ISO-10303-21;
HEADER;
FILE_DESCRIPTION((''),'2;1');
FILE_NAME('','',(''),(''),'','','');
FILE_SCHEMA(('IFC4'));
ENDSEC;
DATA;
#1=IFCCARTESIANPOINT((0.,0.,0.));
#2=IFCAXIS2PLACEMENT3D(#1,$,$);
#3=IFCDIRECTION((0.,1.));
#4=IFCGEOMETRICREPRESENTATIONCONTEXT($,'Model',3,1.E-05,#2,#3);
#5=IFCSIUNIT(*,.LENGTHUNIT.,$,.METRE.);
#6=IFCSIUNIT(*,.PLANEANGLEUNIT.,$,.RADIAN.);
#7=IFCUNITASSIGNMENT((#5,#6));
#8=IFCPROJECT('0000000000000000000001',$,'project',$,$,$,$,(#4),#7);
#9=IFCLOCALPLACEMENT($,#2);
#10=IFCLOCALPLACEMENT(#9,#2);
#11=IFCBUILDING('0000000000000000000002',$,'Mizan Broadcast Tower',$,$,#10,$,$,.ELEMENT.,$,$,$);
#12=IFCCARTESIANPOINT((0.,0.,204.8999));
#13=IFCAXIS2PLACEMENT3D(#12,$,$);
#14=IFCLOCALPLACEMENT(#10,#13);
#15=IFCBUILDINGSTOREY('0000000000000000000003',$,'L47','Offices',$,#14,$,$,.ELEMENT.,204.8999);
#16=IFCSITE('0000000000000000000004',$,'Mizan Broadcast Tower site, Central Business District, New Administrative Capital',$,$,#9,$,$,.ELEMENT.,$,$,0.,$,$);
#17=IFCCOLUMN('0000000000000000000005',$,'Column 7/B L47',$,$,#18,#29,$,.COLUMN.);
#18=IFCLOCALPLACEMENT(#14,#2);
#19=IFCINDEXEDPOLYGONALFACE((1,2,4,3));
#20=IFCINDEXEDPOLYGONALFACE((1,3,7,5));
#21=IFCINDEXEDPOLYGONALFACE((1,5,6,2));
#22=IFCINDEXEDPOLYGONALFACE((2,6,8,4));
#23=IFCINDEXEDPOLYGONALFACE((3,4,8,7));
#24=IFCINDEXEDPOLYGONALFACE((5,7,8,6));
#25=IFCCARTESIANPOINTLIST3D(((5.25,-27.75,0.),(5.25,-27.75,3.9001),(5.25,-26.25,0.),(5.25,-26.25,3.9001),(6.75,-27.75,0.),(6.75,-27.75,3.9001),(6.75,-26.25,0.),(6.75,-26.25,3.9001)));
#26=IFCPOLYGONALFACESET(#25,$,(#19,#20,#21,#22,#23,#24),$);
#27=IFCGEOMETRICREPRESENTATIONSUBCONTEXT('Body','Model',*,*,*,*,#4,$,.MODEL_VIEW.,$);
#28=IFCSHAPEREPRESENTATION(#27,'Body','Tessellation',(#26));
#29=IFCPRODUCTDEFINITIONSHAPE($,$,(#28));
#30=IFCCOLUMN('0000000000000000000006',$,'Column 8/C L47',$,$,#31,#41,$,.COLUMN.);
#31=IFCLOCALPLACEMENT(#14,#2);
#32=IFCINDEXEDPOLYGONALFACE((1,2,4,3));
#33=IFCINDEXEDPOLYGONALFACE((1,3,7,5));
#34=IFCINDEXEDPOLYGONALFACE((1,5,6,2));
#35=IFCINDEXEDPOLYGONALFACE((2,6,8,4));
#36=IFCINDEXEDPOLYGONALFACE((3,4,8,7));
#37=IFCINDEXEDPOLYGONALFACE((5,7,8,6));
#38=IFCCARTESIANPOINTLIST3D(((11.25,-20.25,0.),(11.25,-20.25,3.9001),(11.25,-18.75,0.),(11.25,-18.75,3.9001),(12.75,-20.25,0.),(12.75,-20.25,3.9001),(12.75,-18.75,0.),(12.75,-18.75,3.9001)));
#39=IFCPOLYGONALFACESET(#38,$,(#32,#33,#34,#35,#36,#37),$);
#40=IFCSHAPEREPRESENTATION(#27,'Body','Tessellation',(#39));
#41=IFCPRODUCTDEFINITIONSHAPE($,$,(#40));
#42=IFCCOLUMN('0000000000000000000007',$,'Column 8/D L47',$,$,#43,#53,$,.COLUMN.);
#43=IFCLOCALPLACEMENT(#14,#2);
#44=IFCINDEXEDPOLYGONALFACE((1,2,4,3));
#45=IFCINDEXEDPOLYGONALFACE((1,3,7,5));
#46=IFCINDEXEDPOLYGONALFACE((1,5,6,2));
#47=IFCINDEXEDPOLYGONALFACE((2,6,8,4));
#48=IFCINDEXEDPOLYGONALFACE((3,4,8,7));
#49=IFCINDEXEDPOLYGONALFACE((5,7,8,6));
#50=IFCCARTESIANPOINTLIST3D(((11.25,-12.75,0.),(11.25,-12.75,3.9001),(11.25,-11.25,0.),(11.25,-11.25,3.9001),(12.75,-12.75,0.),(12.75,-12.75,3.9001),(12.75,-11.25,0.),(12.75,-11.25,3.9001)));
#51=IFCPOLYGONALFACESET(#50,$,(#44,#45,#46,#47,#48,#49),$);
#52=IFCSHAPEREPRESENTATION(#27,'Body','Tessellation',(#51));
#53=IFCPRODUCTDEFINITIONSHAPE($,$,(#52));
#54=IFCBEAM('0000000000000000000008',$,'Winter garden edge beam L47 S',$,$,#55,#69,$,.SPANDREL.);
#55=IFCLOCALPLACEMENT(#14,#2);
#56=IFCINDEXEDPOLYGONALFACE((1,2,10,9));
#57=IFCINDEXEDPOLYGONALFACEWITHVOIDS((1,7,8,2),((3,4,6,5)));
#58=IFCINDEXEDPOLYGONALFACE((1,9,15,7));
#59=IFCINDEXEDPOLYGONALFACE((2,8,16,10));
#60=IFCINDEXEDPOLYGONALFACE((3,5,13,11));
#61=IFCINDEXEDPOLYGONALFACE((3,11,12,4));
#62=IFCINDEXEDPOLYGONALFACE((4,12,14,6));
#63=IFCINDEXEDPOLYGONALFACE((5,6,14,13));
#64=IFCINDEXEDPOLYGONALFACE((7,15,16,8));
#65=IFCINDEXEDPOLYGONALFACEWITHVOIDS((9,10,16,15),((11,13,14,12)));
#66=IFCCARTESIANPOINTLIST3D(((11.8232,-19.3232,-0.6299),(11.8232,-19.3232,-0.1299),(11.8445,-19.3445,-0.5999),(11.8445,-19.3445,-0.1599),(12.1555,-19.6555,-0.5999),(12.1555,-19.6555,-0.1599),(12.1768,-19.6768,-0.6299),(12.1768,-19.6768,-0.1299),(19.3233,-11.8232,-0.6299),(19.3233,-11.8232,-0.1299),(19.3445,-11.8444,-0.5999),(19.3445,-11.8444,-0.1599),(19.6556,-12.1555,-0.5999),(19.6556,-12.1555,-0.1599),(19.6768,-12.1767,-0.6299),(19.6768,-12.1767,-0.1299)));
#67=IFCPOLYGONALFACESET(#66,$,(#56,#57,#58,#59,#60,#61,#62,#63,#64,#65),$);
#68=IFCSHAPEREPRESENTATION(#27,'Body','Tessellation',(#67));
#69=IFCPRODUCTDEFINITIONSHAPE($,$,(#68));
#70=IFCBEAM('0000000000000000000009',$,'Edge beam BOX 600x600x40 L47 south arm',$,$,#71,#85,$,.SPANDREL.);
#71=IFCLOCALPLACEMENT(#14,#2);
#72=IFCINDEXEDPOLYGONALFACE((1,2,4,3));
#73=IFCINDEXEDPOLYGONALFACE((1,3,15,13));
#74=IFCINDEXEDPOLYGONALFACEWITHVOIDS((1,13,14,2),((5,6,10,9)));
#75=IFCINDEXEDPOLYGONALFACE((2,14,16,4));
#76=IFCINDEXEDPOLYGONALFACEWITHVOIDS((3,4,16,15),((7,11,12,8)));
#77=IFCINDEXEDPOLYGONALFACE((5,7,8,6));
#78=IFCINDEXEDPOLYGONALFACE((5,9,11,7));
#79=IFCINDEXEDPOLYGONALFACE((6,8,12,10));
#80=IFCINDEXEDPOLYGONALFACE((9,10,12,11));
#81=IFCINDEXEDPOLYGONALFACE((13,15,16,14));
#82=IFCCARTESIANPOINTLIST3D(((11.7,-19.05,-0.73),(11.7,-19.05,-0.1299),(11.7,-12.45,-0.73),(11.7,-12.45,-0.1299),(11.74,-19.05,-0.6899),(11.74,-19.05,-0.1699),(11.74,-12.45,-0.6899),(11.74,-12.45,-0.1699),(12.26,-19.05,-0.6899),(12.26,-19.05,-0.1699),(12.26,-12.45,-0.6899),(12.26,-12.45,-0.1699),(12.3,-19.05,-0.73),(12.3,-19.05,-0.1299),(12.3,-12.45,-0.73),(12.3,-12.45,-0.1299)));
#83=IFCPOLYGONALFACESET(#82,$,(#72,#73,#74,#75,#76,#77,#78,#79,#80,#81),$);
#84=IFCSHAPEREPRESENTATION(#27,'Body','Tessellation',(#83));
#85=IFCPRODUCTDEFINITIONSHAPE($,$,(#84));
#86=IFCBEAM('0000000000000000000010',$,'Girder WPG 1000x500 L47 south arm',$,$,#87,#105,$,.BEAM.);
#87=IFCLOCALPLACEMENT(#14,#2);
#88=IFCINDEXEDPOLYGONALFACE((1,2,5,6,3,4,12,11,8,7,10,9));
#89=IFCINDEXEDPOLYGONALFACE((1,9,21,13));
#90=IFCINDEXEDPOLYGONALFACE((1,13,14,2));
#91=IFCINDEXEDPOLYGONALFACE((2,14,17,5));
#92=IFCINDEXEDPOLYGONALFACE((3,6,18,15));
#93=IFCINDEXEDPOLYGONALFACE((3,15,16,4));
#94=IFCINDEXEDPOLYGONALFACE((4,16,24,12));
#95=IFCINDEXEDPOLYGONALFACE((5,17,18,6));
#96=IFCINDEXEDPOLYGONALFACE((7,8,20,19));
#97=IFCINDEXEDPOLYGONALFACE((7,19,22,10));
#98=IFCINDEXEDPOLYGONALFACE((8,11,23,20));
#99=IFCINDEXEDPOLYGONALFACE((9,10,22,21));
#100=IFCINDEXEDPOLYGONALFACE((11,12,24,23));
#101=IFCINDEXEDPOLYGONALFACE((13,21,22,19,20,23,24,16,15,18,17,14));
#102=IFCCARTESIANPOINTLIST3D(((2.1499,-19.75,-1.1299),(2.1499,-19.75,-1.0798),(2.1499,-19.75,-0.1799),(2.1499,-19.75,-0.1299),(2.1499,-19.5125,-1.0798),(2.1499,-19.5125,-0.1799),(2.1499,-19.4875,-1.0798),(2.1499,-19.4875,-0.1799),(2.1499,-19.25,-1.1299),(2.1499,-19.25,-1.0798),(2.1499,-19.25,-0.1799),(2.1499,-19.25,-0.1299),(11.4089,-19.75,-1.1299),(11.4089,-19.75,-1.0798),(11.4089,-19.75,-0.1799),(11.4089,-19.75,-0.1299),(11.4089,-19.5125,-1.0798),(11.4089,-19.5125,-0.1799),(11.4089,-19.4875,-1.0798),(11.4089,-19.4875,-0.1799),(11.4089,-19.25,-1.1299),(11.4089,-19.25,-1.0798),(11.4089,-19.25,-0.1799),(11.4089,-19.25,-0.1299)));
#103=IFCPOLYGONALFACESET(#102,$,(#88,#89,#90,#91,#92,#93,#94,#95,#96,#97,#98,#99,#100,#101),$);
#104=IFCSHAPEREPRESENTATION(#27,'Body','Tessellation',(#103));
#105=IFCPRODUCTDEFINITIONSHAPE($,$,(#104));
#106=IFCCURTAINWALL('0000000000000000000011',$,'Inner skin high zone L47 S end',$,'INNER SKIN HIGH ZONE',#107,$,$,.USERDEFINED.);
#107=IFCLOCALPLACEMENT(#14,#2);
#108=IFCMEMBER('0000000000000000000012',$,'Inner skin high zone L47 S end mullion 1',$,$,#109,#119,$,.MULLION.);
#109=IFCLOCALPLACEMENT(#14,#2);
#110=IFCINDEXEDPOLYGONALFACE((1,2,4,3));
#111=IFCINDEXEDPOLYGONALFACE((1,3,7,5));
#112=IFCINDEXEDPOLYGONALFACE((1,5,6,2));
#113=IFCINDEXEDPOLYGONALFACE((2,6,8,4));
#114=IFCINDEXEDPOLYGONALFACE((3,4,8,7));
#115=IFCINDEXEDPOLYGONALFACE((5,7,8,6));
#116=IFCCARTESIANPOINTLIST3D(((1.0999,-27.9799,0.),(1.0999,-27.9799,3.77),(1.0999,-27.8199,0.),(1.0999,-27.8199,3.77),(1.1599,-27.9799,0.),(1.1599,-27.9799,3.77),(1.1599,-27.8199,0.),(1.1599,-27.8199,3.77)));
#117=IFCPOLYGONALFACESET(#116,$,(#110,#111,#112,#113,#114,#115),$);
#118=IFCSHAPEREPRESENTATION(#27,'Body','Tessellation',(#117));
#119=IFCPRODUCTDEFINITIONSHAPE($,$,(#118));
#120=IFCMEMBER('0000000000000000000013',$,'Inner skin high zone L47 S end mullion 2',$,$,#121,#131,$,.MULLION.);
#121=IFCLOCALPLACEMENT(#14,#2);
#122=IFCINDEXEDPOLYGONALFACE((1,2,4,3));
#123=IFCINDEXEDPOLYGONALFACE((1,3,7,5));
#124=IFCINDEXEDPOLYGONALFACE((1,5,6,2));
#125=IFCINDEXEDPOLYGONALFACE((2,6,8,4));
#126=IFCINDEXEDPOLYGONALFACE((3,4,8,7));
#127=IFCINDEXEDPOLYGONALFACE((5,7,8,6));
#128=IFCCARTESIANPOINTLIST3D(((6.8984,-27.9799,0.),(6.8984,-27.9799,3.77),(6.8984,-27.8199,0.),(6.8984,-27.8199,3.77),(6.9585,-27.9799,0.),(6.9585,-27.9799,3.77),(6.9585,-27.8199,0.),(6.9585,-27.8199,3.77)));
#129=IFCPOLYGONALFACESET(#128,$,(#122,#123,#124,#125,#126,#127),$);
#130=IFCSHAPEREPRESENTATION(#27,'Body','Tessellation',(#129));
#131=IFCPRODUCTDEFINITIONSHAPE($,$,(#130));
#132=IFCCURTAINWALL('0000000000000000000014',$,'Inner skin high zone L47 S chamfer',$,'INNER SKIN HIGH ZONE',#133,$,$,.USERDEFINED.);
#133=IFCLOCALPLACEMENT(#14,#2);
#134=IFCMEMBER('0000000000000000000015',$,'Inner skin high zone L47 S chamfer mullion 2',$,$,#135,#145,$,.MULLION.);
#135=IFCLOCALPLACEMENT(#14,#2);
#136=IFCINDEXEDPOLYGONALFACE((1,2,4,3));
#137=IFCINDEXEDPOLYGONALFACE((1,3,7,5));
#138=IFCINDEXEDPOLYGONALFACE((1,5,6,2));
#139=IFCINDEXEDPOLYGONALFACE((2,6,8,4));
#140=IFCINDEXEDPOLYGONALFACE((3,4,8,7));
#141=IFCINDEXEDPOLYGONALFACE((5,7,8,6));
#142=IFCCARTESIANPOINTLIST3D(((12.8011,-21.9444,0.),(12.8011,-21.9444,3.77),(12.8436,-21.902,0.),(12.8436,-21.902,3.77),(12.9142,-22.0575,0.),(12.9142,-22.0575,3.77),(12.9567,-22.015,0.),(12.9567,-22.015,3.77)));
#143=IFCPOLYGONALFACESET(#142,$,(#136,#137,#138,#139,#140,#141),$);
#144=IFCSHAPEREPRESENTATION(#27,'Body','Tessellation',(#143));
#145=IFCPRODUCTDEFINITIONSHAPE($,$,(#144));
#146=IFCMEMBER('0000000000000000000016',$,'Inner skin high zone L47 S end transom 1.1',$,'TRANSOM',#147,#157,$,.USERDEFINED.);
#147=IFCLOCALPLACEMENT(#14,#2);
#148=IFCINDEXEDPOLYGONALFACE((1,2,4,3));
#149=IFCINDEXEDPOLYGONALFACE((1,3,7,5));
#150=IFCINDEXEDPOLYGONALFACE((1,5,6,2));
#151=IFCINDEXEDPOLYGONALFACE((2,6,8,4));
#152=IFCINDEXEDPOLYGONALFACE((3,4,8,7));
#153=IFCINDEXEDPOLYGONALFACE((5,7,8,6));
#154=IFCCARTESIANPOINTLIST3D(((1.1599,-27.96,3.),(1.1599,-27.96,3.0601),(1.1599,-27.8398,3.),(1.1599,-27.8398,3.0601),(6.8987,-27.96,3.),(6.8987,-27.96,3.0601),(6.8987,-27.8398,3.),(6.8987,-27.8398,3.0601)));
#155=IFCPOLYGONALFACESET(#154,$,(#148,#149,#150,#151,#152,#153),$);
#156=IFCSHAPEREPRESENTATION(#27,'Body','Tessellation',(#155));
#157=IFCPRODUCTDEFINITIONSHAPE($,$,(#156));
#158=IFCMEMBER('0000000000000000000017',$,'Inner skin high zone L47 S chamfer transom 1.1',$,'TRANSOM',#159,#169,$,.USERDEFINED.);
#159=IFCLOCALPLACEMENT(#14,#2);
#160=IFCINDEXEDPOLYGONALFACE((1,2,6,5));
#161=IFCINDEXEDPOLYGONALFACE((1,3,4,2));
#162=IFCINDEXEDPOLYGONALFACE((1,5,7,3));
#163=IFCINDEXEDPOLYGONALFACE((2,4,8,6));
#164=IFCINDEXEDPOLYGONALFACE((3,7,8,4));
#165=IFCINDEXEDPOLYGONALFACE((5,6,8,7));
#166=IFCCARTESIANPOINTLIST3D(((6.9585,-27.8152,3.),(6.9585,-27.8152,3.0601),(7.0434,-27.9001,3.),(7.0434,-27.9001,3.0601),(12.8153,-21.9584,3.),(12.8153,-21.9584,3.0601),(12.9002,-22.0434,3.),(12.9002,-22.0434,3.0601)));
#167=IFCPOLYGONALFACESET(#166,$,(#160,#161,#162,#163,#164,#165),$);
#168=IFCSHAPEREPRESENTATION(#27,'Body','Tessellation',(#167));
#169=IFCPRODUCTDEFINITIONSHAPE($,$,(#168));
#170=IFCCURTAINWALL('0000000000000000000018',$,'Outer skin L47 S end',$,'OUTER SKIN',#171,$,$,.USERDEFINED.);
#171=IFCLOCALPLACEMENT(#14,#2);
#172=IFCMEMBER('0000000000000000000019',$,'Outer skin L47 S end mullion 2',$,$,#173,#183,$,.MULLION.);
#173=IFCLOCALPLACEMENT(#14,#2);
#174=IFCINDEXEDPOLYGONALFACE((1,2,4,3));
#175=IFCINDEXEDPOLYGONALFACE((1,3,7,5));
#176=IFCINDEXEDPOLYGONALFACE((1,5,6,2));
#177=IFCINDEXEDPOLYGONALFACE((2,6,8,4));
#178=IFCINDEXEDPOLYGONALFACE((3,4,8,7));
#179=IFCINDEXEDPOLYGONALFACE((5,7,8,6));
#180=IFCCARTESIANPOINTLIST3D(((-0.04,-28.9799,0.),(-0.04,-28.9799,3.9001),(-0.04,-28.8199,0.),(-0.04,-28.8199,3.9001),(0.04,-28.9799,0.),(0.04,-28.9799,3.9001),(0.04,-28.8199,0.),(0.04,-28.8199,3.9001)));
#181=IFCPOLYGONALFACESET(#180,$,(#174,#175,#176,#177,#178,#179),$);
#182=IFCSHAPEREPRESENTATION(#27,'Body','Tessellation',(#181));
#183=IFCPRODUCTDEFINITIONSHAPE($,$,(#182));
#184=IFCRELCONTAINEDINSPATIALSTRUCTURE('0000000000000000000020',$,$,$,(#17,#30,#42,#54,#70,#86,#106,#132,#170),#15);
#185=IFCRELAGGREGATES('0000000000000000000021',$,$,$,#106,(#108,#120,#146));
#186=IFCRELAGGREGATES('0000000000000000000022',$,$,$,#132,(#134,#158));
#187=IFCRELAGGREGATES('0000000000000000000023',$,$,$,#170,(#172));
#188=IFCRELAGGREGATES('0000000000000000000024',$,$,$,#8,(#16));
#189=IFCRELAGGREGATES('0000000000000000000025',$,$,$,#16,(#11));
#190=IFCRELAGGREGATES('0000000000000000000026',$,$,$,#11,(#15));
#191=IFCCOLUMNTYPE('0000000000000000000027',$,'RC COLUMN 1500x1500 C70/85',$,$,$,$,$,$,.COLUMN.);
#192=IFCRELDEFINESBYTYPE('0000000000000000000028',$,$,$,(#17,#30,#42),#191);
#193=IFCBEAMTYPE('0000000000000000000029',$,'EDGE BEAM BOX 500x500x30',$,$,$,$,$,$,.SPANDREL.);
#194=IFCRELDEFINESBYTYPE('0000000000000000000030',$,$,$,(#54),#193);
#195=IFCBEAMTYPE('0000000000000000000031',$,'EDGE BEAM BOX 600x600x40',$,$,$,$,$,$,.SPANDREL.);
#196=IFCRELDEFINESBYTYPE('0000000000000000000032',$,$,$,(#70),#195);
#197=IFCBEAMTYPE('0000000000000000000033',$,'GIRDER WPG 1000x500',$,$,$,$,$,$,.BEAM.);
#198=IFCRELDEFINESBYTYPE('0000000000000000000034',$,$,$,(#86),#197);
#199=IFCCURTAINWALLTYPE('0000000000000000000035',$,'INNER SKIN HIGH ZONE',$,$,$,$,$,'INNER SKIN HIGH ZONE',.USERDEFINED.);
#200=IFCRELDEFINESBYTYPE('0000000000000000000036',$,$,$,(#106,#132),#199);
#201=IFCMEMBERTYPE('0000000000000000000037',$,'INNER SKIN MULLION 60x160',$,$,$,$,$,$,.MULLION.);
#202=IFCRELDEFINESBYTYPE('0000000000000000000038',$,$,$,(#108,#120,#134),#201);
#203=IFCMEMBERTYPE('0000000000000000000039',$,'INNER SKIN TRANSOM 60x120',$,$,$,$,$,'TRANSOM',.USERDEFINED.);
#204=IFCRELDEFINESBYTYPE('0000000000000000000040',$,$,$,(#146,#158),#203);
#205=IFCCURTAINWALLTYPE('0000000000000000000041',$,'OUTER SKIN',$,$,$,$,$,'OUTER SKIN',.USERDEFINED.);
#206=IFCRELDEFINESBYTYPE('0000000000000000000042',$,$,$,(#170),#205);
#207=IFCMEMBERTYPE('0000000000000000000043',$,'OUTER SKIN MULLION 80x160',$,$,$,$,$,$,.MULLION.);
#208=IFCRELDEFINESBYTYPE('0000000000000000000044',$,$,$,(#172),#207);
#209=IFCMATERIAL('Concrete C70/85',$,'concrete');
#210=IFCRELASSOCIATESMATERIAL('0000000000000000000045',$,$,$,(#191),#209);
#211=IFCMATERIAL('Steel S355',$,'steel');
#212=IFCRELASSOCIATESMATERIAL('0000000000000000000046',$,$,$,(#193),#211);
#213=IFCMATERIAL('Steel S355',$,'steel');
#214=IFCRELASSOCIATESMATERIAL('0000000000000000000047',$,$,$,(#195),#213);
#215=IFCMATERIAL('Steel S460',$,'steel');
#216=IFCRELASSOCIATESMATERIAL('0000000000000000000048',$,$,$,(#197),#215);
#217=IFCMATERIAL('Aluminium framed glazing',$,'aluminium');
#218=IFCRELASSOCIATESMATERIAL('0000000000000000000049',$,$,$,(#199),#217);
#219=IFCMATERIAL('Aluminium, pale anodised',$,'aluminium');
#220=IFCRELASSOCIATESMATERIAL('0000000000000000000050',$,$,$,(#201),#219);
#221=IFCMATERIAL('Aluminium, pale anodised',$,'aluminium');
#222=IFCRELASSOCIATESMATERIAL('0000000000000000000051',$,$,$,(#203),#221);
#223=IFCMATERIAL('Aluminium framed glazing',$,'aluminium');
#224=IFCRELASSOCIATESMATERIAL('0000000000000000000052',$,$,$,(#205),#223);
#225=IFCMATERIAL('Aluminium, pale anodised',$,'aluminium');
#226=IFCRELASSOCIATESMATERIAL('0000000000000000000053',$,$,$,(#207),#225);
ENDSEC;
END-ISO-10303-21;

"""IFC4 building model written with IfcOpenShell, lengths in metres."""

from ifc_helpers import new_model, si_unit, direction, frame, origin, origin_2d, place, context, subcontext, project, spatial, rectangle, hollow_rectangle, i_section, extrude, material, material_profile, profile_set, type_object, element, aggregate, save


model = new_model("IFC4")

# Units and contexts
model_context = context("Model", 3, precision=1e-05, world=origin(), true_north=direction((0.0, 1.0)))
body_context = subcontext(model_context, "Body", "Model", "MODEL_VIEW")
ifc_project = project(units=[si_unit("LENGTHUNIT", "METRE"), si_unit("PLANEANGLEUNIT", "RADIAN")], contexts=[model_context])

# Site, building, storey
site_placement = place(None, origin())
site = spatial("IfcSite", under=ifc_project, at=site_placement, Name="Mizan Broadcast Tower site, Central Business District, New Administrative Capital", CompositionType="ELEMENT", RefElevation=0.0)
building_placement = place(site_placement, origin())
building = spatial("IfcBuilding", under=site, at=building_placement, Name="Mizan Broadcast Tower", CompositionType="ELEMENT")
storey_placement = place(building_placement, frame((0.0, 0.0, 204.8999)))
storey = spatial("IfcBuildingStorey", under=building, at=storey_placement, Name="L47", Description="Offices", CompositionType="ELEMENT", Elevation=204.8999)

# Columns
ifc_material_1 = material(Name="Concrete C70/85", Category="concrete")
ifc_material_profile_1 = material_profile(ifc_material_1, rectangle(XDim=1.5, YDim=1.5, at=origin_2d()), Name="RC 1500x1500")
ifc_profile_set_1 = profile_set([ifc_material_profile_1], Name="Concrete C70/85")
column_type = type_object("IfcColumnType", Name="RC COLUMN 1500x1500 C70/85", PredefinedType="COLUMN", material=ifc_profile_set_1)
for number, where, z_axis, x_axis, name in (
    (1, (6.0, -27.0, 0.0), (0.0, 0.0, 1.0), (1.0, 0.0, 0.0), "Column 7/B L47"),
    (2, (12.0, -19.5, 0.0), (0.0, 0.0, 1.0), (1.0, 0.0, 0.0), "Column 8/C L47"),
    (3, (12.0, -12.0, 0.0), (0.0, 0.0, 1.0), (1.0, 0.0, 0.0), "Column 8/D L47"),
):
    element("IfcColumn", number, at=place(storey_placement, frame(where, z_axis=z_axis, x_axis=x_axis)), inside=storey, type_object=column_type, Name=name, PredefinedType="COLUMN", context=body_context, shape_type="SweptSolid", body=[
        extrude(rectangle(XDim=1.5, YDim=1.5, at=origin_2d()), origin(), (0.0, 0.0, 1.0), 3.9001),
    ])

# Beams
ifc_material_2 = material(Name="Steel S355", Category="steel")
ifc_material_profile_2 = material_profile(ifc_material_2, hollow_rectangle(XDim=0.5, YDim=0.5, WallThickness=0.03, at=origin_2d()), Name="BOX 500x500x30")
ifc_profile_set_2 = profile_set([ifc_material_profile_2], Name="Steel S355")
beam_type_1 = type_object("IfcBeamType", Name="EDGE BEAM BOX 500x500x30", PredefinedType="SPANDREL", material=ifc_profile_set_2)
beam_1_placement = place(storey_placement, frame((12.0, -19.5, -0.3799), z_axis=(0.707107, 0.707107, 0.0), x_axis=(-0.707107, 0.707107, 0.0)))
element("IfcBeam", 4, at=beam_1_placement, inside=storey, type_object=beam_type_1, Name="Winter garden edge beam L47 S", PredefinedType="SPANDREL", context=body_context, shape_type="SweptSolid", body=[
    extrude(hollow_rectangle(XDim=0.5, YDim=0.5, WallThickness=0.03, at=origin_2d()), origin(), (0.0, 0.0, 1.0), 10.6067),
])
ifc_material_3 = material(Name="Steel S355", Category="steel")
ifc_material_profile_3 = material_profile(ifc_material_3, hollow_rectangle(XDim=0.6001, YDim=0.6001, WallThickness=0.04, at=origin_2d()), Name="BOX 600x600x40")
ifc_profile_set_3 = profile_set([ifc_material_profile_3], Name="Steel S355")
beam_type_2 = type_object("IfcBeamType", Name="EDGE BEAM BOX 600x600x40", PredefinedType="SPANDREL", material=ifc_profile_set_3)
beam_2_placement = place(storey_placement, frame((12.0, -12.45, -0.4299), z_axis=(0.0, -1.0, 0.0), x_axis=(1.0, 0.0, 0.0)))
element("IfcBeam", 5, at=beam_2_placement, inside=storey, type_object=beam_type_2, Name="Edge beam BOX 600x600x40 L47 south arm", PredefinedType="SPANDREL", context=body_context, shape_type="SweptSolid", body=[
    extrude(hollow_rectangle(XDim=0.6001, YDim=0.6001, WallThickness=0.04, at=origin_2d()), origin(), (0.0, 0.0, 1.0), 6.6001),
])
ifc_material_4 = material(Name="Steel S460", Category="steel")
ifc_material_profile_4 = material_profile(ifc_material_4, i_section(OverallWidth=0.5, OverallDepth=1.0, WebThickness=0.0249, FlangeThickness=0.05, at=origin_2d()), Name="WPG 1000x500")
ifc_profile_set_4 = profile_set([ifc_material_profile_4], Name="Steel S460")
beam_type_3 = type_object("IfcBeamType", Name="GIRDER WPG 1000x500", PredefinedType="BEAM", material=ifc_profile_set_4)
beam_3_placement = place(storey_placement, frame((11.4089, -19.5, -0.6299), z_axis=(-1.0, 0.0, 0.0), x_axis=(0.0, -1.0, 0.0)))
element("IfcBeam", 6, at=beam_3_placement, inside=storey, type_object=beam_type_3, Name="Girder WPG 1000x500 L47 south arm", PredefinedType="BEAM", context=body_context, shape_type="SweptSolid", body=[
    extrude(i_section(OverallWidth=0.5, OverallDepth=1.0, WebThickness=0.0249, FlangeThickness=0.05, at=origin_2d()), origin(), (0.0, 0.0, 1.0), 9.259),
])

# Curtain wall, members
ifc_material_5 = material(Name="Aluminium framed glazing", Category="aluminium")
curtain_wall_type_1 = type_object("IfcCurtainWallType", Name="INNER SKIN HIGH ZONE", ElementType="INNER SKIN HIGH ZONE", PredefinedType="USERDEFINED", material=ifc_material_5)
curtain_wall_1_placement = place(storey_placement, origin())
curtain_wall_1 = element("IfcCurtainWall", 7, at=curtain_wall_1_placement, inside=storey, type_object=curtain_wall_type_1, Name="Inner skin high zone L47 S end", ObjectType="INNER SKIN HIGH ZONE", PredefinedType="USERDEFINED")
ifc_material_6 = material(Name="Aluminium, pale anodised", Category="aluminium")
ifc_material_profile_5 = material_profile(ifc_material_6, rectangle(XDim=0.1599, YDim=0.0601, at=origin_2d()), Name="MULLION 160x60")
ifc_profile_set_5 = profile_set([ifc_material_profile_5], Name="Aluminium, pale anodised")
member_type_1 = type_object("IfcMemberType", Name="INNER SKIN MULLION 60x160", PredefinedType="MULLION", material=ifc_profile_set_5)
member_1_placement = place(storey_placement, frame((1.1299, -27.8999, 0.0), z_axis=(0.0, 0.0, 1.0), x_axis=(0.0, 1.0, 0.0)))
member_1 = element("IfcMember", 8, at=member_1_placement, type_object=member_type_1, Name="Inner skin high zone L47 S end mullion 1", PredefinedType="MULLION", context=body_context, shape_type="SweptSolid", body=[
    extrude(rectangle(XDim=0.1599, YDim=0.0601, at=origin_2d()), origin(), (0.0, 0.0, 1.0), 3.77),
])
member_2_placement = place(storey_placement, frame((6.9285, -27.8999, 0.0), z_axis=(0.0, 0.0, 1.0), x_axis=(0.0, 1.0, 0.0)))
member_2 = element("IfcMember", 9, at=member_2_placement, type_object=member_type_1, Name="Inner skin high zone L47 S end mullion 2", PredefinedType="MULLION", context=body_context, shape_type="SweptSolid", body=[
    extrude(rectangle(XDim=0.1599, YDim=0.0601, at=origin_2d()), origin(), (0.0, 0.0, 1.0), 3.77),
])

# Curtain wall, member
curtain_wall_2_placement = place(storey_placement, origin())
curtain_wall_2 = element("IfcCurtainWall", 10, at=curtain_wall_2_placement, inside=storey, type_object=curtain_wall_type_1, Name="Inner skin high zone L47 S chamfer", ObjectType="INNER SKIN HIGH ZONE", PredefinedType="USERDEFINED")
member_3_placement = place(storey_placement, frame((12.8789, -21.9797, 0.0), z_axis=(0.0, 0.0, 1.0), x_axis=(-0.707107, 0.707107, 0.0)))
member_3 = element("IfcMember", 11, at=member_3_placement, type_object=member_type_1, Name="Inner skin high zone L47 S chamfer mullion 2", PredefinedType="MULLION", context=body_context, shape_type="SweptSolid", body=[
    extrude(rectangle(XDim=0.1599, YDim=0.0601, at=origin_2d()), origin(), (0.0, 0.0, 1.0), 3.77),
])

# Members
ifc_material_7 = material(Name="Aluminium, pale anodised", Category="aluminium")
ifc_material_profile_6 = material_profile(ifc_material_7, rectangle(XDim=0.1201, YDim=0.0601, at=origin_2d()), Name="TRANSOM 120x60")
ifc_profile_set_6 = profile_set([ifc_material_profile_6], Name="Aluminium, pale anodised")
member_type_2 = type_object("IfcMemberType", Name="INNER SKIN TRANSOM 60x120", ElementType="TRANSOM", PredefinedType="USERDEFINED", material=ifc_profile_set_6)
member_4_placement = place(storey_placement, frame((1.1599, -27.8999, 3.03), z_axis=(1.0, 0.0, 0.0), x_axis=(0.0, 1.0, 0.0)))
member_4 = element("IfcMember", 12, at=member_4_placement, type_object=member_type_2, Name="Inner skin high zone L47 S end transom 1.1", ObjectType="TRANSOM", PredefinedType="USERDEFINED", context=body_context, shape_type="SweptSolid", body=[
    extrude(rectangle(XDim=0.1201, YDim=0.0601, at=origin_2d()), origin(), (0.0, 0.0, 1.0), 5.7388),
])
member_5_placement = place(storey_placement, frame((7.001, -27.8577, 3.03), z_axis=(0.707107, 0.707107, 0.0), x_axis=(-0.707107, 0.707107, 0.0)))
member_5 = element("IfcMember", 13, at=member_5_placement, type_object=member_type_2, Name="Inner skin high zone L47 S chamfer transom 1.1", ObjectType="TRANSOM", PredefinedType="USERDEFINED", context=body_context, shape_type="SweptSolid", body=[
    extrude(rectangle(XDim=0.1201, YDim=0.0601, at=origin_2d()), origin(), (0.0, 0.0, 1.0), 8.2827),
])

# Curtain wall, member
ifc_material_8 = material(Name="Aluminium framed glazing", Category="aluminium")
curtain_wall_type_2 = type_object("IfcCurtainWallType", Name="OUTER SKIN", ElementType="OUTER SKIN", PredefinedType="USERDEFINED", material=ifc_material_8)
curtain_wall_3_placement = place(storey_placement, origin())
curtain_wall_3 = element("IfcCurtainWall", 14, at=curtain_wall_3_placement, inside=storey, type_object=curtain_wall_type_2, Name="Outer skin L47 S end", ObjectType="OUTER SKIN", PredefinedType="USERDEFINED")
ifc_material_9 = material(Name="Aluminium, pale anodised", Category="aluminium")
ifc_material_profile_7 = material_profile(ifc_material_9, rectangle(XDim=0.1599, YDim=0.0801, at=origin_2d()), Name="MULLION 160x80")
ifc_profile_set_7 = profile_set([ifc_material_profile_7], Name="Aluminium, pale anodised")
member_type_3 = type_object("IfcMemberType", Name="OUTER SKIN MULLION 80x160", PredefinedType="MULLION", material=ifc_profile_set_7)
member_6_placement = place(storey_placement, frame((0.0, -28.8999, 0.0), z_axis=(0.0, 0.0, 1.0), x_axis=(0.0, 1.0, 0.0)))
member_6 = element("IfcMember", 15, at=member_6_placement, type_object=member_type_3, Name="Outer skin L47 S end mullion 2", PredefinedType="MULLION", context=body_context, shape_type="SweptSolid", body=[
    extrude(rectangle(XDim=0.1599, YDim=0.0801, at=origin_2d()), origin(), (0.0, 0.0, 1.0), 3.9001),
])

aggregate(curtain_wall_1, [member_1, member_2, member_4])
aggregate(curtain_wall_2, [member_3, member_5])
aggregate(curtain_wall_3, [member_6])

save(model, "model.ifc")
